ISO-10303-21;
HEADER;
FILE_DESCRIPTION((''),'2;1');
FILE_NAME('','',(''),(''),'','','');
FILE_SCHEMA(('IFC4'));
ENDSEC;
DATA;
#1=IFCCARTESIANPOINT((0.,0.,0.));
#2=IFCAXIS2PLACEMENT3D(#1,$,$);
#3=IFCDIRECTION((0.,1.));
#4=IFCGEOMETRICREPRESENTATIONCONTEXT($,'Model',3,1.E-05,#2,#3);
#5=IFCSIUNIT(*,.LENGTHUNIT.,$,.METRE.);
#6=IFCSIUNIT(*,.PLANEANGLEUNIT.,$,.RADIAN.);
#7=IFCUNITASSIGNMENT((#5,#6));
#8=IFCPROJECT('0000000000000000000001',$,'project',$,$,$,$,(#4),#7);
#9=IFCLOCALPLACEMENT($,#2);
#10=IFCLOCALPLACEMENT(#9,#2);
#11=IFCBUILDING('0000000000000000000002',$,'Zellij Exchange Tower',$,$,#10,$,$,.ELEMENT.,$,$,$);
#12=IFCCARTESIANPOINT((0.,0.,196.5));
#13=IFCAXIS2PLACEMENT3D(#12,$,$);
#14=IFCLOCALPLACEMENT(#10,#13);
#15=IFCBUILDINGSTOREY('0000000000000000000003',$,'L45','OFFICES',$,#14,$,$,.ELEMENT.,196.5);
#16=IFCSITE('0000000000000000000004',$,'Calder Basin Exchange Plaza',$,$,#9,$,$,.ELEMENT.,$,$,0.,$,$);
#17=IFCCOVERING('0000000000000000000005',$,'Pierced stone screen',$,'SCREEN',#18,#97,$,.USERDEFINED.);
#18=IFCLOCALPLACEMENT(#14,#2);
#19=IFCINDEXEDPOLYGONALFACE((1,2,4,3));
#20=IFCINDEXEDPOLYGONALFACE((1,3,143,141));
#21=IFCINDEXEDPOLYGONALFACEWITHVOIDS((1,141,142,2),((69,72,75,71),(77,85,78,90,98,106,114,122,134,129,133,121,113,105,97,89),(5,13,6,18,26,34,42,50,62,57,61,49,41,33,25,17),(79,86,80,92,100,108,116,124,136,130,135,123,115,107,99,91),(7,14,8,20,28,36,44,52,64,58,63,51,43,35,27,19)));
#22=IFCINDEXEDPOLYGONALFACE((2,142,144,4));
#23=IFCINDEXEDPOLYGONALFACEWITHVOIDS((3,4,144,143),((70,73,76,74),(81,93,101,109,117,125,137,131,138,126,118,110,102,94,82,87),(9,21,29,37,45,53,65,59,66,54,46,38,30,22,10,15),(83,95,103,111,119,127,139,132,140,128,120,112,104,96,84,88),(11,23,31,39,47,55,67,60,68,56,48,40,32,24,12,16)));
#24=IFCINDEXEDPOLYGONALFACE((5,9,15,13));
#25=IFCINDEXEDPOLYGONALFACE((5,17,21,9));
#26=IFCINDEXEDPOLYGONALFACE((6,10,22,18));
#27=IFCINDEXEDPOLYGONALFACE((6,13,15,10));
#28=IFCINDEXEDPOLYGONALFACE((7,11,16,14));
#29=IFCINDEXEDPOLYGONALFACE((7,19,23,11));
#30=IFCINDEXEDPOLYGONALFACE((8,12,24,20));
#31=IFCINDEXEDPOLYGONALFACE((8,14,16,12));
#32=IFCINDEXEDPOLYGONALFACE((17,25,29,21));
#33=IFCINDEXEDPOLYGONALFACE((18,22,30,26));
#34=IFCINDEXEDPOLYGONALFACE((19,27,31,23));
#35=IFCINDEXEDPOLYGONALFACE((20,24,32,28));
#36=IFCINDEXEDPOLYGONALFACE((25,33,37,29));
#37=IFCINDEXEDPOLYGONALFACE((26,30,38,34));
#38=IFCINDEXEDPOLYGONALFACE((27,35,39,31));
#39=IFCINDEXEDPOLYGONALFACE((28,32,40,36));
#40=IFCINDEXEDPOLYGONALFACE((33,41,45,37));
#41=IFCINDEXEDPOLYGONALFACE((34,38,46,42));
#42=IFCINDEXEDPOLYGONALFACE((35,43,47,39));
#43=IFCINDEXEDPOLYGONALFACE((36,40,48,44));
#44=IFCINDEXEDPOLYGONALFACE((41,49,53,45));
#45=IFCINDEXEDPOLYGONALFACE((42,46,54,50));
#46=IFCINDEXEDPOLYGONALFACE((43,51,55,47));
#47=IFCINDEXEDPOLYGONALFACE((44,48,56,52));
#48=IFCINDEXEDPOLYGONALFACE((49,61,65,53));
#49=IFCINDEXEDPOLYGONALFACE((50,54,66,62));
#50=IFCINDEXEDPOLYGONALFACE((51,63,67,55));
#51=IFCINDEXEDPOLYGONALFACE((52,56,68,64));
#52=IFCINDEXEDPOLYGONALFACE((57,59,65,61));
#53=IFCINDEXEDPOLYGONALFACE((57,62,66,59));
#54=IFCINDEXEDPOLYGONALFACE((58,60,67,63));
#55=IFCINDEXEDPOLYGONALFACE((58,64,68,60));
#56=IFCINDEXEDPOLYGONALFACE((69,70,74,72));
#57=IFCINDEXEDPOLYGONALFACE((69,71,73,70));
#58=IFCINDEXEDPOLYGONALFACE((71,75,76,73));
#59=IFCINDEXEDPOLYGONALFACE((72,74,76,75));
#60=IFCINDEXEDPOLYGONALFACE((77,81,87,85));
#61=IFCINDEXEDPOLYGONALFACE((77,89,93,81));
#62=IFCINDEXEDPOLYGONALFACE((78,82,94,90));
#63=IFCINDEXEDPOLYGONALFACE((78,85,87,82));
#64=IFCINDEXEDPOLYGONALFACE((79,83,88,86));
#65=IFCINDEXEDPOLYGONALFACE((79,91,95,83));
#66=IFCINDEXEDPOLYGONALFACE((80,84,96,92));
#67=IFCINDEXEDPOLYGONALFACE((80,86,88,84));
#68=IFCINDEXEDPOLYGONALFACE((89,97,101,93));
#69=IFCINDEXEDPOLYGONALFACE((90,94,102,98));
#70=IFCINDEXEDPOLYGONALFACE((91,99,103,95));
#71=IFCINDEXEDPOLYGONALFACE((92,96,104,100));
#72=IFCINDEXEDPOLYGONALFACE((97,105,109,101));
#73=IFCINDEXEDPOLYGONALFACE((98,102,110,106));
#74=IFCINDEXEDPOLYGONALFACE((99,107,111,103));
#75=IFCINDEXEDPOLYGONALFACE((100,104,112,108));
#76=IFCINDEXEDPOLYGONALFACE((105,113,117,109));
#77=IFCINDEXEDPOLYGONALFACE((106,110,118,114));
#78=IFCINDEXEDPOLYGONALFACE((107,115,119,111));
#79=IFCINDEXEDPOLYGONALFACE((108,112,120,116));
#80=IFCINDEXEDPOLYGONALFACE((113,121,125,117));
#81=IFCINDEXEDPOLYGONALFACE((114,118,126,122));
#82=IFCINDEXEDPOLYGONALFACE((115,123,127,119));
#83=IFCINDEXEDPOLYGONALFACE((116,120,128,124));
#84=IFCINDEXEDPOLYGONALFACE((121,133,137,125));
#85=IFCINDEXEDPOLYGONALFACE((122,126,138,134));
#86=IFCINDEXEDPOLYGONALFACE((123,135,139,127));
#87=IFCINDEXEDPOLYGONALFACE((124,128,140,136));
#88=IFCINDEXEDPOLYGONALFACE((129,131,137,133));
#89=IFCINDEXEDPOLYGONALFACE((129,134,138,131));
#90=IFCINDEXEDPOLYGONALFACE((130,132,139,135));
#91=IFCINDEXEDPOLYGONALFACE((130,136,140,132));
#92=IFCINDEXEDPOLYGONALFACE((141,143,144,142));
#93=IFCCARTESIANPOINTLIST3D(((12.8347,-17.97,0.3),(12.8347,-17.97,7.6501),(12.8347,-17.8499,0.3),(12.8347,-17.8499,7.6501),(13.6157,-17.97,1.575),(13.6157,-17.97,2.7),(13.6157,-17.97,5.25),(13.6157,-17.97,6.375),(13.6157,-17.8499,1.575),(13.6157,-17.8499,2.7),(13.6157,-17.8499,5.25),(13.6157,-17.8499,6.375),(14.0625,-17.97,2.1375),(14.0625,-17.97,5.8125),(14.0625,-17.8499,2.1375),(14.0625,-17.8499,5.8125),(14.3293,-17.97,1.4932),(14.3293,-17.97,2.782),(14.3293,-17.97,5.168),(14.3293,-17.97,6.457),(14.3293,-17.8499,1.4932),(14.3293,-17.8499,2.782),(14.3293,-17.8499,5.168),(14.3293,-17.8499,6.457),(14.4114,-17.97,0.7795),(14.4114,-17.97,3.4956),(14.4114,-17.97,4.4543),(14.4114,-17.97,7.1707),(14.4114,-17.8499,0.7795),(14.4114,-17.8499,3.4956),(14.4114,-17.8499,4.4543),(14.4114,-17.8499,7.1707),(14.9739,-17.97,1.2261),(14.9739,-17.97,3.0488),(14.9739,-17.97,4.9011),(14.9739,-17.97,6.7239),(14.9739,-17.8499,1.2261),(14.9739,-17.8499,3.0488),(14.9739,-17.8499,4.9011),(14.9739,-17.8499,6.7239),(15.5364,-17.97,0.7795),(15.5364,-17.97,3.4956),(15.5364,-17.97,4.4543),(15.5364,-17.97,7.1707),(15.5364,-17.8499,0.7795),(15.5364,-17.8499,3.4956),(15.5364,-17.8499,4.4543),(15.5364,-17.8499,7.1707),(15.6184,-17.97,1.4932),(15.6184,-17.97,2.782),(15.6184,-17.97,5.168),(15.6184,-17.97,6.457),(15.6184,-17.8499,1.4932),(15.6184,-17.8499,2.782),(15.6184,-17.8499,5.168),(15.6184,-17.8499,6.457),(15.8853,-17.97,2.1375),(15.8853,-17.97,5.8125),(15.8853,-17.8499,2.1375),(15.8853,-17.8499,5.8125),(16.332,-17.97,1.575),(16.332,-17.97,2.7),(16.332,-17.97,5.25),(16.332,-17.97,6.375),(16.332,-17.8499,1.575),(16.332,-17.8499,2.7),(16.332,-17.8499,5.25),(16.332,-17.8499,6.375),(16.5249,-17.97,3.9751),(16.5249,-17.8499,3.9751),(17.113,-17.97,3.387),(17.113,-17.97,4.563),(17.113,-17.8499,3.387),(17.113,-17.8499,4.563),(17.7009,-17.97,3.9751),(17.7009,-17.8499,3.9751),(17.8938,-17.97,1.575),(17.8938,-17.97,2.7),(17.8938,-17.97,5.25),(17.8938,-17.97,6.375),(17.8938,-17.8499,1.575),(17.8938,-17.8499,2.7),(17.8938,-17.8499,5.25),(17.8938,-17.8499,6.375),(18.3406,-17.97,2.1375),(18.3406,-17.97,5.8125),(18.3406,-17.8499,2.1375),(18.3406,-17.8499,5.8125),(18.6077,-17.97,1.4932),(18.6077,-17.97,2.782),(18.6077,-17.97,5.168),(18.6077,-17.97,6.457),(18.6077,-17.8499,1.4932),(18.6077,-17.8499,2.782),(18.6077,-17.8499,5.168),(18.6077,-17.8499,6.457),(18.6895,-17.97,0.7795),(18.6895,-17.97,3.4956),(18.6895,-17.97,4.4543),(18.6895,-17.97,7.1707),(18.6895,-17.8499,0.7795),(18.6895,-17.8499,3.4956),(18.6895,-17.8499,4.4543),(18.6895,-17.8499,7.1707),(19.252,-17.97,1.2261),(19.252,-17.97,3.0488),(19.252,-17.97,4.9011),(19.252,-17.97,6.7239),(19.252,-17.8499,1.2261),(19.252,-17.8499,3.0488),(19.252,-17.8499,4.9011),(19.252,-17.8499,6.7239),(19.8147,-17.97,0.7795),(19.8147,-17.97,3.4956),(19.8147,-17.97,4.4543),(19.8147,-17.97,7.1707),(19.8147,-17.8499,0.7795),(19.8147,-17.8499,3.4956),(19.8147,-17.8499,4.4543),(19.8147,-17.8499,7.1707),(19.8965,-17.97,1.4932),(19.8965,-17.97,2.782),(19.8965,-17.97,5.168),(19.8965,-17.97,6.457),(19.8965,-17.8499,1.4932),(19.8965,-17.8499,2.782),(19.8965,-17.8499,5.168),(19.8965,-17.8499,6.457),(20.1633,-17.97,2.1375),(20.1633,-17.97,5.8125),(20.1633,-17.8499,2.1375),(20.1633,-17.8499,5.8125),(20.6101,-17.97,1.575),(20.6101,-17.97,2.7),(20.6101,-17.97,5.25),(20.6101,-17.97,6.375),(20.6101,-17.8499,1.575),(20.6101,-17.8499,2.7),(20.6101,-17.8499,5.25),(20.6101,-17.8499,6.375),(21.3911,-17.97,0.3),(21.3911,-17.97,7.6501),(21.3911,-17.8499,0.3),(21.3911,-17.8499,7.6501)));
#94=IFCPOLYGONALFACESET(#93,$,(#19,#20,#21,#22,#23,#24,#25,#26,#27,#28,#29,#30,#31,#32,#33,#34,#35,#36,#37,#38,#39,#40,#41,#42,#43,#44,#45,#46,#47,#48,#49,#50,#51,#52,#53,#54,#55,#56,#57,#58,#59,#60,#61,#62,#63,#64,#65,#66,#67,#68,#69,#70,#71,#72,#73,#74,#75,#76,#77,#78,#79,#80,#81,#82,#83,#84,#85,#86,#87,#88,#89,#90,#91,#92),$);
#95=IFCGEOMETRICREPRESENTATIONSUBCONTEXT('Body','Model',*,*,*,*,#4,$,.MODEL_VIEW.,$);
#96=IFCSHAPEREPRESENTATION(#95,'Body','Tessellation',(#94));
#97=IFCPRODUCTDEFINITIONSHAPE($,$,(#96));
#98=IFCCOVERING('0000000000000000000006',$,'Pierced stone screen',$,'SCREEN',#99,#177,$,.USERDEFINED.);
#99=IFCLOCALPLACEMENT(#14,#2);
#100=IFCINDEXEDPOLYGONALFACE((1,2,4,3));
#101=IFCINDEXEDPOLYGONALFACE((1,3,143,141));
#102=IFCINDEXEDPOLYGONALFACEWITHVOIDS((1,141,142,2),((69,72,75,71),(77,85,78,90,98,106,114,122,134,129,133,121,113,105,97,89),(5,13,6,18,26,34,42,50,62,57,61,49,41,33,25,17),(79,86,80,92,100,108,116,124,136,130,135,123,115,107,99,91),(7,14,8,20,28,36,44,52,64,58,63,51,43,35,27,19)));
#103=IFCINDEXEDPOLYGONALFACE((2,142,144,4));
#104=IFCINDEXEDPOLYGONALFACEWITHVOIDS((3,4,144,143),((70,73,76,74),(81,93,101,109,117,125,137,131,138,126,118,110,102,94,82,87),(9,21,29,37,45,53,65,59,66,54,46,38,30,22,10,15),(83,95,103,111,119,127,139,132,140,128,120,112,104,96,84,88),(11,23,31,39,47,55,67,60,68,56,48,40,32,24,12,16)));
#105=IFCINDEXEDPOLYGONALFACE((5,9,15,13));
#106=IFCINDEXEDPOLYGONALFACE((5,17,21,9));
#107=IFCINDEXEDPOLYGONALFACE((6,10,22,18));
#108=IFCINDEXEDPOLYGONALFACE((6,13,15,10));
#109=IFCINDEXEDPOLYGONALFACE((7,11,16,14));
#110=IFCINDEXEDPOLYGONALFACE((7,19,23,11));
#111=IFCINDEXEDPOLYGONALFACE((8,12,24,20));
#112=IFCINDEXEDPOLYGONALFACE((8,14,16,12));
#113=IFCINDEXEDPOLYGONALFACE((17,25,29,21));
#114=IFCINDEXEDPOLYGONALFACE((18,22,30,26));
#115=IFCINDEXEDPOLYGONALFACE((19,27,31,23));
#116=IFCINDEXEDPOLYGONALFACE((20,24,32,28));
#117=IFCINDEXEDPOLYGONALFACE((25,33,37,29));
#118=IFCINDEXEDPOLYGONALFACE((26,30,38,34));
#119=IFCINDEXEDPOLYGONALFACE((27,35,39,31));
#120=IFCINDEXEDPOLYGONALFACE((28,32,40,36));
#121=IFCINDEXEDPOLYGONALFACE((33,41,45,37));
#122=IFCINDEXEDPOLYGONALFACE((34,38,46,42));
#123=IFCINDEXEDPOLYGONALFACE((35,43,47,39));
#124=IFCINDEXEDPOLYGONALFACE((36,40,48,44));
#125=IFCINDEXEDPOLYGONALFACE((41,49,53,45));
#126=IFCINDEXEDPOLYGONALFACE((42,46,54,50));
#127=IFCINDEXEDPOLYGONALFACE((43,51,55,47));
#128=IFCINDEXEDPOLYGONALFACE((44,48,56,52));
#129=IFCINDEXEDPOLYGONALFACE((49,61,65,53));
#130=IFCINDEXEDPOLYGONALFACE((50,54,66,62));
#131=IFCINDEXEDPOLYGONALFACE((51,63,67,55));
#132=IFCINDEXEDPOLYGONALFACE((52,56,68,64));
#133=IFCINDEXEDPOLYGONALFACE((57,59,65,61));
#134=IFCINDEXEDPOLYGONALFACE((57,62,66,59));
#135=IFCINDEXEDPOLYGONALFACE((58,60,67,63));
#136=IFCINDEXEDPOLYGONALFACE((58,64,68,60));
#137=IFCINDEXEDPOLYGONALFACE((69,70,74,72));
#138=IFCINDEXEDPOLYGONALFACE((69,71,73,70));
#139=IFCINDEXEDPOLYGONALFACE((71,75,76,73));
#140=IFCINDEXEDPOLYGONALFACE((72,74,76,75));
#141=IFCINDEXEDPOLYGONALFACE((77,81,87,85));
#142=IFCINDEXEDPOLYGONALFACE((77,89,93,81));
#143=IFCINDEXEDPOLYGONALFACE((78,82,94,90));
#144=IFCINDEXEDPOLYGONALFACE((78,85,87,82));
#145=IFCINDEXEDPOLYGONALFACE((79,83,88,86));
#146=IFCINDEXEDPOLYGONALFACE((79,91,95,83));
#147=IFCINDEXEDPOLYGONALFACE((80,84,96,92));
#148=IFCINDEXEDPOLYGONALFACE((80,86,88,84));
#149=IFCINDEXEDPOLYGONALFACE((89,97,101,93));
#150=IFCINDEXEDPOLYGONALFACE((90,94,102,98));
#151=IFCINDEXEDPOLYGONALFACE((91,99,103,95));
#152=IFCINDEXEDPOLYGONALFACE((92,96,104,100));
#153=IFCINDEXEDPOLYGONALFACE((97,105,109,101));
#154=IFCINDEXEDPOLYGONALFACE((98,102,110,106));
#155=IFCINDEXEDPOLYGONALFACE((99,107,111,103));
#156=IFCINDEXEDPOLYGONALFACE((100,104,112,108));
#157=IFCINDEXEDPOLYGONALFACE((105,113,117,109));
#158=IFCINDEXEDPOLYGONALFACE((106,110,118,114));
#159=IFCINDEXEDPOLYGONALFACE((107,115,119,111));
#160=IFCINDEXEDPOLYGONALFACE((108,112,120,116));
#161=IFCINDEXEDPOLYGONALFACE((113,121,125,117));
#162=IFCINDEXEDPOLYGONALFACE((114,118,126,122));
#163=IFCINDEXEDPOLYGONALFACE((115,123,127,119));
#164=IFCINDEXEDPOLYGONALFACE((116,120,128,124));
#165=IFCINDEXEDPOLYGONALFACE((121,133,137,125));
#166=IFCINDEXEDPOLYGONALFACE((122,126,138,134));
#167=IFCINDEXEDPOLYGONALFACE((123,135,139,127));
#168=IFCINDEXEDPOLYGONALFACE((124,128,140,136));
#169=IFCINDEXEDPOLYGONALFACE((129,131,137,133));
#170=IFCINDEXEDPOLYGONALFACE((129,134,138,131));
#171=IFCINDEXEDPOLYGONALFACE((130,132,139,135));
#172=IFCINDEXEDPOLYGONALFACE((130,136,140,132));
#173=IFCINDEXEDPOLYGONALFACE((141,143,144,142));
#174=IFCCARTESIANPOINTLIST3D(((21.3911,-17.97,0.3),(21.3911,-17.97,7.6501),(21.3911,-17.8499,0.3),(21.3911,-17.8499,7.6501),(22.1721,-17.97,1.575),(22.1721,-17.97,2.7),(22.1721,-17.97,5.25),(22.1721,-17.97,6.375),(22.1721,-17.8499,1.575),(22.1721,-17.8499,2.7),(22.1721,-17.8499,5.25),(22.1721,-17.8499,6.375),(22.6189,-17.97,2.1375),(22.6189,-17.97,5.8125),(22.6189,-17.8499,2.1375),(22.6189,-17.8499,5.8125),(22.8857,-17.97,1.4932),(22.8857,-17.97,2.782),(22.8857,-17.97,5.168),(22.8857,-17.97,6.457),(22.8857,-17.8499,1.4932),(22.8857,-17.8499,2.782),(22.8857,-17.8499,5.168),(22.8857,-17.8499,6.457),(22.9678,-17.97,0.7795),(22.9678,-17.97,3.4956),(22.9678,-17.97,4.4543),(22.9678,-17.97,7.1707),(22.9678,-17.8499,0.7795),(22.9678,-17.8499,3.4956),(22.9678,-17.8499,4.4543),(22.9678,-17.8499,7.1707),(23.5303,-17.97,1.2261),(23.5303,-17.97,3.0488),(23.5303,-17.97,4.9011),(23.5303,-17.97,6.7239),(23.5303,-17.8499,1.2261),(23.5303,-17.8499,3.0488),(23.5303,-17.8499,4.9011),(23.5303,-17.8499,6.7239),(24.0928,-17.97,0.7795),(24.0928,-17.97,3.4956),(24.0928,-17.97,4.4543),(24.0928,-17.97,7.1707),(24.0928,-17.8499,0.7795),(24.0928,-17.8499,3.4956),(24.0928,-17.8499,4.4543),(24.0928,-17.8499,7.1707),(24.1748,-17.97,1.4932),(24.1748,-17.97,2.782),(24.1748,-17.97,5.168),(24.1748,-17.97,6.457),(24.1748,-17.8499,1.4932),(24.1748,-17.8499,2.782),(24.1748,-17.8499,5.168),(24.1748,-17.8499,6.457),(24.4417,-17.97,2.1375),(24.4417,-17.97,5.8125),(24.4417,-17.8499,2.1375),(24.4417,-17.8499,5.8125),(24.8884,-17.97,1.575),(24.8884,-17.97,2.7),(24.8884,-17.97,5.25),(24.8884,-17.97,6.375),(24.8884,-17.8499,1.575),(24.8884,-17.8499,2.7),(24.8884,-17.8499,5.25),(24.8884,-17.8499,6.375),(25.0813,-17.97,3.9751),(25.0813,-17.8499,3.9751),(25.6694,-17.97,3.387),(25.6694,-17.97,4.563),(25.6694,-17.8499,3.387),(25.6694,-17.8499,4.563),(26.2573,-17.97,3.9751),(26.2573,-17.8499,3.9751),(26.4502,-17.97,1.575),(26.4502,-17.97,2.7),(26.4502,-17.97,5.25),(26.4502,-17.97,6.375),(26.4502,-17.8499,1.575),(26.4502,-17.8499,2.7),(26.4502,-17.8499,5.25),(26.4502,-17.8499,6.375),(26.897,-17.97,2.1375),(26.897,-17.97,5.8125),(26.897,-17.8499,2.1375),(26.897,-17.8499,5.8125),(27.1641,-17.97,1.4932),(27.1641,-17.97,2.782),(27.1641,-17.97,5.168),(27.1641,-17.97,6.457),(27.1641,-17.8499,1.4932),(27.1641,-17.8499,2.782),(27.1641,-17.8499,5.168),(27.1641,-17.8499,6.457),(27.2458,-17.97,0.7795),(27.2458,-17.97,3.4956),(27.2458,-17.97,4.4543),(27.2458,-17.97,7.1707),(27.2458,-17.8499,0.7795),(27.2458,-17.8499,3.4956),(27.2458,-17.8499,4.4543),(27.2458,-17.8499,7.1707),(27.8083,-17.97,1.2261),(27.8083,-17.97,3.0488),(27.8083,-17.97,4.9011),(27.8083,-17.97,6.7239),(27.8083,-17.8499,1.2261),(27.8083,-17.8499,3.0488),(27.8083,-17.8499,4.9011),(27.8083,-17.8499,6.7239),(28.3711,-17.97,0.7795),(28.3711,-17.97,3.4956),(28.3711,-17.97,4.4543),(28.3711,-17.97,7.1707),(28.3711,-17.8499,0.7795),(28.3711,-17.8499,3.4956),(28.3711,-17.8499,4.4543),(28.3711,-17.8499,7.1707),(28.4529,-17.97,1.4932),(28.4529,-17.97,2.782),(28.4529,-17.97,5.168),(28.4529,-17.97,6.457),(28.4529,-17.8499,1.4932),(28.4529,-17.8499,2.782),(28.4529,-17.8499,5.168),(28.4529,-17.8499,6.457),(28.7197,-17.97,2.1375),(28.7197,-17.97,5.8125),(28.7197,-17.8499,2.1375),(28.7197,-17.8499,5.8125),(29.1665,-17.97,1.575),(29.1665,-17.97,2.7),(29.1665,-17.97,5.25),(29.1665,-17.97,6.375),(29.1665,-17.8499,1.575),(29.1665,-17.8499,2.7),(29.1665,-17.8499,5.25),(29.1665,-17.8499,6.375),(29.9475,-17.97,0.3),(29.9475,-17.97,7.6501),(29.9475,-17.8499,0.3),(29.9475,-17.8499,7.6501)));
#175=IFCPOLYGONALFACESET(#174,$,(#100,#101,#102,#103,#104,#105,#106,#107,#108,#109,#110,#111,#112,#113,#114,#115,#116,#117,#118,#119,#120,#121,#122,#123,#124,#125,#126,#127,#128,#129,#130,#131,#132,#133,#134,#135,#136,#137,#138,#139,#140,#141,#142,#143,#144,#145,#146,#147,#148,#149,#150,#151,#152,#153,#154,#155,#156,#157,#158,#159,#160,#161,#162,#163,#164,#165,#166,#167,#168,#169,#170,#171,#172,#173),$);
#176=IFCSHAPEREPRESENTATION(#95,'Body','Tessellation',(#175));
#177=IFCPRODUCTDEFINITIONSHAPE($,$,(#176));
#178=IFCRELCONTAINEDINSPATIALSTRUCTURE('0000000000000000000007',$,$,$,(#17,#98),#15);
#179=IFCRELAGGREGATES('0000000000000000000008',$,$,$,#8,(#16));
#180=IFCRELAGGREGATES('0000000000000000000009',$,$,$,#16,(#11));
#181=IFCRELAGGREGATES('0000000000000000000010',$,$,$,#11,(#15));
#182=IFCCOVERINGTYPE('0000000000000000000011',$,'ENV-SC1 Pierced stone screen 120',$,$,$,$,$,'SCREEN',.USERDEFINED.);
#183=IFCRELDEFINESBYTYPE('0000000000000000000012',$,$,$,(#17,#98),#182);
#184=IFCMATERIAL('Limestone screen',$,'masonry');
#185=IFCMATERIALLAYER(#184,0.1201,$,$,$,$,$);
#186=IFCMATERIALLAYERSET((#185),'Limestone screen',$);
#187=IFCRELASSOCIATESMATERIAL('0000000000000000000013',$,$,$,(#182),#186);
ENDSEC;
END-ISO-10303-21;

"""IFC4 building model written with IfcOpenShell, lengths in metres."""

from ifc_helpers import new_model, si_unit, direction, frame, origin, place, context, subcontext, project, spatial, polyline, outline, extrude, material, layer, layer_set, type_object, element, save


model = new_model("IFC4")

# Units and contexts
model_context = context("Model", 3, precision=1e-05, world=origin(), true_north=direction((0.0, 1.0)))
body_context = subcontext(model_context, "Body", "Model", "MODEL_VIEW")
ifc_project = project(units=[si_unit("LENGTHUNIT", "METRE"), si_unit("PLANEANGLEUNIT", "RADIAN")], contexts=[model_context])

# Site, building, storey
site_placement = place(None, origin())
site = spatial("IfcSite", under=ifc_project, at=site_placement, Name="Calder Basin Exchange Plaza", CompositionType="ELEMENT", RefElevation=0.0)
building_placement = place(site_placement, origin())
building = spatial("IfcBuilding", under=site, at=building_placement, Name="Zellij Exchange Tower", CompositionType="ELEMENT")
storey_placement = place(building_placement, frame((0.0, 0.0, 196.5)))
storey = spatial("IfcBuildingStorey", under=building, at=storey_placement, Name="L45", Description="OFFICES", CompositionType="ELEMENT", Elevation=196.5)

# Coverings
ifc_material_1 = material(Name="Limestone screen", Category="masonry")
ifc_layer_1 = layer(ifc_material_1, 0.1201)
ifc_layer_set_1 = layer_set([ifc_layer_1], Name="Limestone screen")
covering_type = type_object("IfcCoveringType", Name="ENV-SC1 Pierced stone screen 120", ElementType="SCREEN", PredefinedType="USERDEFINED", material=ifc_layer_set_1)
covering_1_placement = place(storey_placement, frame((12.8347, -17.9099, 0.3), z_axis=(0.0, 0.0, 1.0), x_axis=(1.0, 0.0, 0.0)))
element("IfcCovering", 1, at=covering_1_placement, inside=storey, type_object=covering_type, Name="Pierced stone screen", ObjectType="SCREEN", PredefinedType="USERDEFINED", context=body_context, shape_type="SweptSolid", body=[
    extrude(outline(polyline([(0.0, 0.0), (8.5564, 0.0), (8.5564, 7.3501), (0.0, 7.3501), (0.0, 0.0)]), holes=[polyline([(3.4973, 2.3999), (2.7837, 2.4819), (2.7017, 3.1956), (2.1392, 2.7488), (1.5767, 3.1956), (1.4946, 2.4819), (0.781, 2.3999), (1.2278, 1.8374), (0.781, 1.2749), (1.4946, 1.1931), (1.5767, 0.4795), (2.1392, 0.926), (2.7017, 0.4795), (2.7837, 1.1931), (3.4973, 1.2749), (3.0505, 1.8374), (3.4973, 2.3999)]), polyline([(3.4973, 6.075), (2.7837, 6.157), (2.7017, 6.8706), (2.1392, 6.4238), (1.5767, 6.8706), (1.4946, 6.157), (0.781, 6.075), (1.2278, 5.5125), (0.781, 4.95), (1.4946, 4.8679), (1.5767, 4.1543), (2.1392, 4.6011), (2.7017, 4.1543), (2.7837, 4.8679), (3.4973, 4.95), (3.0505, 5.5125), (3.4973, 6.075)]), polyline([(7.7754, 2.3999), (7.0618, 2.4819), (6.98, 3.1956), (6.4172, 2.7488), (5.8547, 3.1956), (5.7729, 2.4819), (5.0591, 2.3999), (5.5059, 1.8374), (5.0591, 1.2749), (5.7729, 1.1931), (5.8547, 0.4795), (6.4172, 0.926), (6.98, 0.4795), (7.0618, 1.1931), (7.7754, 1.2749), (7.3286, 1.8374), (7.7754, 2.3999)]), polyline([(7.7754, 6.075), (7.0618, 6.157), (6.98, 6.8706), (6.4172, 6.4238), (5.8547, 6.8706), (5.7729, 6.157), (5.0591, 6.075), (5.5059, 5.5125), (5.0591, 4.95), (5.7729, 4.8679), (5.8547, 4.1543), (6.4172, 4.6011), (6.98, 4.1543), (7.0618, 4.8679), (7.7754, 4.95), (7.3286, 5.5125), (7.7754, 6.075)]), polyline([(4.8662, 3.675), (4.2783, 4.2629), (3.6902, 3.675), (4.2783, 3.0869), (4.8662, 3.675)])]), frame((0.0, 0.0601, 0.0), z_axis=(0.0, -1.0, 0.0), x_axis=(1.0, 0.0, 0.0)), (0.0, 0.0, 1.0), 0.1201),
])
covering_2_placement = place(storey_placement, frame((21.3911, -17.9099, 0.3), z_axis=(0.0, 0.0, 1.0), x_axis=(1.0, 0.0, 0.0)))
element("IfcCovering", 2, at=covering_2_placement, inside=storey, type_object=covering_type, Name="Pierced stone screen", ObjectType="SCREEN", PredefinedType="USERDEFINED", context=body_context, shape_type="SweptSolid", body=[
    extrude(outline(polyline([(0.0, 0.0), (8.5564, 0.0), (8.5564, 7.3501), (0.0, 7.3501), (0.0, 0.0)]), holes=[polyline([(3.4973, 2.3999), (2.7837, 2.4819), (2.7017, 3.1956), (2.1392, 2.7488), (1.5767, 3.1956), (1.4946, 2.4819), (0.781, 2.3999), (1.2278, 1.8374), (0.781, 1.2749), (1.4946, 1.1931), (1.5767, 0.4795), (2.1392, 0.926), (2.7017, 0.4795), (2.7837, 1.1931), (3.4973, 1.2749), (3.0505, 1.8374), (3.4973, 2.3999)]), polyline([(3.4973, 6.075), (2.7837, 6.157), (2.7017, 6.8706), (2.1392, 6.4238), (1.5767, 6.8706), (1.4946, 6.157), (0.781, 6.075), (1.2278, 5.5125), (0.781, 4.95), (1.4946, 4.8679), (1.5767, 4.1543), (2.1392, 4.6011), (2.7017, 4.1543), (2.7837, 4.8679), (3.4973, 4.95), (3.0505, 5.5125), (3.4973, 6.075)]), polyline([(7.7754, 2.3999), (7.0618, 2.4819), (6.98, 3.1956), (6.4172, 2.7488), (5.8547, 3.1956), (5.7729, 2.4819), (5.0591, 2.3999), (5.5059, 1.8374), (5.0591, 1.2749), (5.7729, 1.1931), (5.8547, 0.4795), (6.4172, 0.926), (6.98, 0.4795), (7.0618, 1.1931), (7.7754, 1.2749), (7.3286, 1.8374), (7.7754, 2.3999)]), polyline([(7.7754, 6.075), (7.0618, 6.157), (6.98, 6.8706), (6.4172, 6.4238), (5.8547, 6.8706), (5.7729, 6.157), (5.0591, 6.075), (5.5059, 5.5125), (5.0591, 4.95), (5.7729, 4.8679), (5.8547, 4.1543), (6.4172, 4.6011), (6.98, 4.1543), (7.0618, 4.8679), (7.7754, 4.95), (7.3286, 5.5125), (7.7754, 6.075)]), polyline([(4.8662, 3.675), (4.2783, 4.2629), (3.6902, 3.675), (4.2783, 3.0869), (4.8662, 3.675)])]), frame((0.0, 0.0601, 0.0), z_axis=(0.0, -1.0, 0.0), x_axis=(1.0, 0.0, 0.0)), (0.0, 0.0, 1.0), 0.1201),
])

save(model, "model.ifc")
